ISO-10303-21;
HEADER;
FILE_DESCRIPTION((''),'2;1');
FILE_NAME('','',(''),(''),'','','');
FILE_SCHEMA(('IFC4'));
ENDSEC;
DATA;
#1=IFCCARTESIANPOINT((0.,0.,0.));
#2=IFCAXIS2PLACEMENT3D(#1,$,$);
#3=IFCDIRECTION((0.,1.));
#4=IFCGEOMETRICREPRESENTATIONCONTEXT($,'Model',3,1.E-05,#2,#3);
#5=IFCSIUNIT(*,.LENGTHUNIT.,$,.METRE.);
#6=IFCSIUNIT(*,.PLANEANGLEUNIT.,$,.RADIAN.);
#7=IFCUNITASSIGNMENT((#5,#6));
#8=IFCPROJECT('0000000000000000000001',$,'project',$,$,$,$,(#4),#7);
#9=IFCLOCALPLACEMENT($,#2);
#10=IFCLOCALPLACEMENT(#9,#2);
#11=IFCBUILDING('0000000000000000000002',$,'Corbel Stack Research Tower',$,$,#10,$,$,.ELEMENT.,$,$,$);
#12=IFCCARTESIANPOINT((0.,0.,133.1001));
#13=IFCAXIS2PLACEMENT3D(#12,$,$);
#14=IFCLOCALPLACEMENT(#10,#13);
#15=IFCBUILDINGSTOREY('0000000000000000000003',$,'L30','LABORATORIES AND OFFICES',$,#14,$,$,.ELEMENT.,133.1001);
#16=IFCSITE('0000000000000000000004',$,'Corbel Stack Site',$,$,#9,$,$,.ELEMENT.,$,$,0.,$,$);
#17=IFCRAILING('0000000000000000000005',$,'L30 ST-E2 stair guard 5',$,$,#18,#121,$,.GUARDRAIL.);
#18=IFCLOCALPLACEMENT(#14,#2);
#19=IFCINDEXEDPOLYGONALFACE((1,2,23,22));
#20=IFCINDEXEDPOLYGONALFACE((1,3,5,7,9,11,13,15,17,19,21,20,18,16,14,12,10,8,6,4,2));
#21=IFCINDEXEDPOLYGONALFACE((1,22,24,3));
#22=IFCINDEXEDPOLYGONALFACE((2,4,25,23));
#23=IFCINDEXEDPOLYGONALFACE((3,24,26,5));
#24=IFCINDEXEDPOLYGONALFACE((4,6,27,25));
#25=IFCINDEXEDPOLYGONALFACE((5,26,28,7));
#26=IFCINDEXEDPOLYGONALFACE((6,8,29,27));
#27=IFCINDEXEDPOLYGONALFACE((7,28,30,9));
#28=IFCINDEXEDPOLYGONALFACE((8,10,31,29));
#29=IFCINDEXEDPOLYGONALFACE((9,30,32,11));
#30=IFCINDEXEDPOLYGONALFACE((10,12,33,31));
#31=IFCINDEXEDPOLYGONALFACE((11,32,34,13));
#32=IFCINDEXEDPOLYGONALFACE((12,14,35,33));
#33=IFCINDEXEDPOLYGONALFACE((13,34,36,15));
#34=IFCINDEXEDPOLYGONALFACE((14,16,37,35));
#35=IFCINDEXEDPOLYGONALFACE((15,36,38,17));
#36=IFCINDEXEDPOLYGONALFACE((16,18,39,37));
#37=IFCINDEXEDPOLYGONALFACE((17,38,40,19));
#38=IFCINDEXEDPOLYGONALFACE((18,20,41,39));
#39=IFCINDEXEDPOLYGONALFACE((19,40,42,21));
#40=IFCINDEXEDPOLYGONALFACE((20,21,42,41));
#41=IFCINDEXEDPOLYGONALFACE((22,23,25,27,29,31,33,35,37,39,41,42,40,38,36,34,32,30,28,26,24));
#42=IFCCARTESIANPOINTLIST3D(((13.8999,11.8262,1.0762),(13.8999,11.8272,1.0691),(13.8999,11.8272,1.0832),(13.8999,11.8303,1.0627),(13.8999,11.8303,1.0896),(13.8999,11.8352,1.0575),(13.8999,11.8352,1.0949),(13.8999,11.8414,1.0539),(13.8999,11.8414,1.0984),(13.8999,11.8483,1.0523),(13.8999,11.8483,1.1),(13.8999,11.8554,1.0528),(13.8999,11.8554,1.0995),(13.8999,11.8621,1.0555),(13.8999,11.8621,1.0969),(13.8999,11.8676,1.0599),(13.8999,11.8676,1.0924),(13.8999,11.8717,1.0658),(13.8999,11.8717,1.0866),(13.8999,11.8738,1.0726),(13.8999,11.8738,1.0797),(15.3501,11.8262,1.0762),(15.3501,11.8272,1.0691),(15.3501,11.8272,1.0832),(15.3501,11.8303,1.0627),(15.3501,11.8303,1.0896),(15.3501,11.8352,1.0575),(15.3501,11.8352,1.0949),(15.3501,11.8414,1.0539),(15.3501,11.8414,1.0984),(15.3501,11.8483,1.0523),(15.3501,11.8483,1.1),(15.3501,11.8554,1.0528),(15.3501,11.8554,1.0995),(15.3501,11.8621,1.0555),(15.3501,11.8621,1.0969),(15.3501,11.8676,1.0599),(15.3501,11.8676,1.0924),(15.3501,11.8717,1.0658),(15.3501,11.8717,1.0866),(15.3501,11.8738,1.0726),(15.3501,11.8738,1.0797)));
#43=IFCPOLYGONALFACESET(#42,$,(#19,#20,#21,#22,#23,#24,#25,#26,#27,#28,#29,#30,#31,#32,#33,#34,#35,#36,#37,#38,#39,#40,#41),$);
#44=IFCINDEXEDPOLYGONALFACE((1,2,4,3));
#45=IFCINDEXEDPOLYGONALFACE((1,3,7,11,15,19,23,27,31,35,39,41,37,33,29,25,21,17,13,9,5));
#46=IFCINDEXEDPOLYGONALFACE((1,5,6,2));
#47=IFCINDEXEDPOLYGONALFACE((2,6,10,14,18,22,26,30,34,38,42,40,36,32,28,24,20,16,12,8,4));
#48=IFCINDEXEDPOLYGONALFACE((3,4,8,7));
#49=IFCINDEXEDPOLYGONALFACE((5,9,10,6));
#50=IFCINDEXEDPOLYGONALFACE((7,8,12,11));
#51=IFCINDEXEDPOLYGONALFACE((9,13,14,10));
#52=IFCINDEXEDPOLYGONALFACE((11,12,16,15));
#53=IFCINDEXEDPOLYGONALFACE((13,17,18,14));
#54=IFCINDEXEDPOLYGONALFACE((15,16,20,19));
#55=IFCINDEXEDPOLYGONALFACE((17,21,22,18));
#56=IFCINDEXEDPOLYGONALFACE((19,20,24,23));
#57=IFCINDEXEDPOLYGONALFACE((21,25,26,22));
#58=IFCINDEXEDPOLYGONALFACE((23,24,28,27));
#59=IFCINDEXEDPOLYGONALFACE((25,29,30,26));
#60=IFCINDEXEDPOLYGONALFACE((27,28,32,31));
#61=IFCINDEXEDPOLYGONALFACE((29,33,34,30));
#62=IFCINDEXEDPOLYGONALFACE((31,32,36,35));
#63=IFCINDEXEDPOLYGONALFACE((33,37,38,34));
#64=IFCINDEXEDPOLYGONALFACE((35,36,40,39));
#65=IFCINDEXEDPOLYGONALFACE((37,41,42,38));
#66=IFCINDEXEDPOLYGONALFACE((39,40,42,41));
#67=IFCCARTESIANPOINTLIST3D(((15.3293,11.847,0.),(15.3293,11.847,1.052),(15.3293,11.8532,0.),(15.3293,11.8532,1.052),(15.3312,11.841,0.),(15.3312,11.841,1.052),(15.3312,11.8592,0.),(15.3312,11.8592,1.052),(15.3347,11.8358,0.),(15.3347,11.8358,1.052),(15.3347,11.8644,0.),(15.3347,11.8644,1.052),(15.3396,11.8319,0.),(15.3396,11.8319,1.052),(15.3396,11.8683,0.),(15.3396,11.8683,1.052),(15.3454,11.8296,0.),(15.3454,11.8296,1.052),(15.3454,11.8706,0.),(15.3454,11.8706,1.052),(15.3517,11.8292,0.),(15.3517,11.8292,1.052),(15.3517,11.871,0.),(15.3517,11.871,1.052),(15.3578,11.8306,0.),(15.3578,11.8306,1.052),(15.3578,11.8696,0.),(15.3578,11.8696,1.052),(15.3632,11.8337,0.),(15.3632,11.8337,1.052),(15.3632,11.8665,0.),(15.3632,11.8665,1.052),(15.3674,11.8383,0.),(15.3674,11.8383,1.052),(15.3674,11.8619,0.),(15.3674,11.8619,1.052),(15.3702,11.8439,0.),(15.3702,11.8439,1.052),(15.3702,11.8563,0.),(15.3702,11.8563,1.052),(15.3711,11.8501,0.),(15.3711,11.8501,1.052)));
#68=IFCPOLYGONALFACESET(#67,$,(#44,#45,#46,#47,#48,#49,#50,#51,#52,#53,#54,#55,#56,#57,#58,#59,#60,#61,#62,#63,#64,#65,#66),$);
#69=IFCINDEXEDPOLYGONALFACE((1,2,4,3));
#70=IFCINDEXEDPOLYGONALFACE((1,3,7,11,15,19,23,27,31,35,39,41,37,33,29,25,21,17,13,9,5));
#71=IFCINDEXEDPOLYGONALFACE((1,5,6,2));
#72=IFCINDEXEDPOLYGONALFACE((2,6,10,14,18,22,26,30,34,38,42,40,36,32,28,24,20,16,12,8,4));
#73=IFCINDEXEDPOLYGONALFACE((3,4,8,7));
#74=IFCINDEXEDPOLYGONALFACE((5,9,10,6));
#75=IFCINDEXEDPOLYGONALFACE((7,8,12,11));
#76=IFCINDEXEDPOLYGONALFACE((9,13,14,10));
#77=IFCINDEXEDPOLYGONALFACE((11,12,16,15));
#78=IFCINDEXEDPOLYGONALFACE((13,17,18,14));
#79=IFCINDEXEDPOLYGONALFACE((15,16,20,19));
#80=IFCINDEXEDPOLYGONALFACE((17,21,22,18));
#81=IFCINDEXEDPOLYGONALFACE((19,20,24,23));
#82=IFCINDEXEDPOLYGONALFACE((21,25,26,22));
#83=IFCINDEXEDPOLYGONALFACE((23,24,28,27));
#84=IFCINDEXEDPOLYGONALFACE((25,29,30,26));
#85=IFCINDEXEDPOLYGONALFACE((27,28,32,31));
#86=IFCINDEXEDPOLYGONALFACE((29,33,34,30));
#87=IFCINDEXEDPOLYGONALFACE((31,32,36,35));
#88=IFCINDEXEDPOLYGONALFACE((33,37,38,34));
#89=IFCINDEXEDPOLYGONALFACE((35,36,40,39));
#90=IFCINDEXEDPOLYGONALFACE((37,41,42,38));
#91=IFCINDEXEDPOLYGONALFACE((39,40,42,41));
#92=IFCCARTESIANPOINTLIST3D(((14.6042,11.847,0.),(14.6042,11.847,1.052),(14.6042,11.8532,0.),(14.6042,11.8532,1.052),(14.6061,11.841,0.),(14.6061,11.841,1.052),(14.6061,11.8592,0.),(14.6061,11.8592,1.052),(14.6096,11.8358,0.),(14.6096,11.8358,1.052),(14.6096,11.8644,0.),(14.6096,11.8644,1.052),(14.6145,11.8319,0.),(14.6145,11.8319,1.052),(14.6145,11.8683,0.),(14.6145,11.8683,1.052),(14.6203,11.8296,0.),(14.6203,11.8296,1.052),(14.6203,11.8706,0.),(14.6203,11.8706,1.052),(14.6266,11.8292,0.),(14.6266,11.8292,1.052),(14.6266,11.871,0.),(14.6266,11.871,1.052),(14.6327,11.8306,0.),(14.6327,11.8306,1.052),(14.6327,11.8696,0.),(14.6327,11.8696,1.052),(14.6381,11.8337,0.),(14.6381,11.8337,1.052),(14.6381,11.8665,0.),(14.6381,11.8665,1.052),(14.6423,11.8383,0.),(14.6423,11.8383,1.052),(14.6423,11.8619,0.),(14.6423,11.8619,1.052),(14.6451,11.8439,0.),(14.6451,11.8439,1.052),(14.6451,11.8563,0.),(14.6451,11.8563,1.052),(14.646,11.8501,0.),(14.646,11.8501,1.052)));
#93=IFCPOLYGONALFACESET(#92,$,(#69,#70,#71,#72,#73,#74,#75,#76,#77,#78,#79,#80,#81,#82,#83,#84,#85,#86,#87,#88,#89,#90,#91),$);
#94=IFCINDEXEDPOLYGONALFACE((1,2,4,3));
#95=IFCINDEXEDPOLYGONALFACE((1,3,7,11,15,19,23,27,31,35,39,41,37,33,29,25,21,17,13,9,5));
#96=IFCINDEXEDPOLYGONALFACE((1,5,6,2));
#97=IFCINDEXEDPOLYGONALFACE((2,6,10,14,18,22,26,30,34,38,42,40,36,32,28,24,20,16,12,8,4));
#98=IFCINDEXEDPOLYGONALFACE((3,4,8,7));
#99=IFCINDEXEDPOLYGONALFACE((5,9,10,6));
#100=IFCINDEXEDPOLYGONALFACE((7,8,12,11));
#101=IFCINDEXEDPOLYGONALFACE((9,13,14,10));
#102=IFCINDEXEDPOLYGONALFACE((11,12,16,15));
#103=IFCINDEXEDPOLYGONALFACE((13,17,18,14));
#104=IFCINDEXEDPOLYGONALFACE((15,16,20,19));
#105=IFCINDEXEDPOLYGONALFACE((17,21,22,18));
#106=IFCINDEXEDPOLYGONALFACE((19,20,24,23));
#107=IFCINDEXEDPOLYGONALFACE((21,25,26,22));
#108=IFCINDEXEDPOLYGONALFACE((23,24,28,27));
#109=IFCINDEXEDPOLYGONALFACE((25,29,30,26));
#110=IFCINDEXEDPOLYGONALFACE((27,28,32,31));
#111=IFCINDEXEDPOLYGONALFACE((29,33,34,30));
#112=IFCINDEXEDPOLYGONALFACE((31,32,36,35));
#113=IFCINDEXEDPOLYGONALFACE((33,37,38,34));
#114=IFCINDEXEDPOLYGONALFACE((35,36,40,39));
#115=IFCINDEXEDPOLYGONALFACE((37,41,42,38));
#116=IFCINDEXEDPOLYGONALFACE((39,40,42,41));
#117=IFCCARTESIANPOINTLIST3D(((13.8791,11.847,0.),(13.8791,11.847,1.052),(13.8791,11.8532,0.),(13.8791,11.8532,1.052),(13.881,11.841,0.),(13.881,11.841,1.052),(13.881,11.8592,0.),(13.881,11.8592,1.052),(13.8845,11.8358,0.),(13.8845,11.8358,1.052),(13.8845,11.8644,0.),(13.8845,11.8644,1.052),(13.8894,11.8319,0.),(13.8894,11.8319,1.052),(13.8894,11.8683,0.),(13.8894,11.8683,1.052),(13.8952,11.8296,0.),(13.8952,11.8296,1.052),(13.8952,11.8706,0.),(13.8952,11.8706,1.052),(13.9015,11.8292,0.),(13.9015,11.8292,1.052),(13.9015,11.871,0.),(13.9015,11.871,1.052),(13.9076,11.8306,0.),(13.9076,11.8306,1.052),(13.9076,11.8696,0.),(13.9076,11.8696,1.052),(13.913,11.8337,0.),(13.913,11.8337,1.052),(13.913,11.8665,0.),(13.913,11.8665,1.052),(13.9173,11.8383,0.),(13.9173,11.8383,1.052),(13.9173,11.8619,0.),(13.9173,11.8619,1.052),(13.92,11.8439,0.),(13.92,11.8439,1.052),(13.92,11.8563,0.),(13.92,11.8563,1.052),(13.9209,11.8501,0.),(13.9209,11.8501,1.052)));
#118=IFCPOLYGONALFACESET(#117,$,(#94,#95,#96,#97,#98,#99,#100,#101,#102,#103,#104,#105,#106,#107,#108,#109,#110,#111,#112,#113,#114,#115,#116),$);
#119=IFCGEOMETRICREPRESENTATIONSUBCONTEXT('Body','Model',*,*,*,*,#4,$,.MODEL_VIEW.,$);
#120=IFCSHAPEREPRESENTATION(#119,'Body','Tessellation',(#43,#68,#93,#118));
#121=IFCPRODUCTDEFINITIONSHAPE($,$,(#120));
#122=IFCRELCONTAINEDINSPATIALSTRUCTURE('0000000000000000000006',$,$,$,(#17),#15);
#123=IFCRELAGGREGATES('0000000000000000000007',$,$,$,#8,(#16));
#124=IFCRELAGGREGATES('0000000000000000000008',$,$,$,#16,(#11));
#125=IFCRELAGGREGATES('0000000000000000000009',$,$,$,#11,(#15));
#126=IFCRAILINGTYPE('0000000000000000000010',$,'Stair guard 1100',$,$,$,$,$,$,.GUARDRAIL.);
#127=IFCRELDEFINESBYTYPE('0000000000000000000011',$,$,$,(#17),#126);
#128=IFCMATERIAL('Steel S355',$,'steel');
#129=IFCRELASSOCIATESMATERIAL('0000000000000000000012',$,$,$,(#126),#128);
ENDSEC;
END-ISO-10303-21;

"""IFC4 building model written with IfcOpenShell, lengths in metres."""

from ifc_helpers import new_model, si_unit, direction, frame, origin, origin_2d, place, context, subcontext, project, spatial, circle, extrude, material, type_object, element, save


model = new_model("IFC4")

# Units and contexts
model_context = context("Model", 3, precision=1e-05, world=origin(), true_north=direction((0.0, 1.0)))
body_context = subcontext(model_context, "Body", "Model", "MODEL_VIEW")
ifc_project = project(units=[si_unit("LENGTHUNIT", "METRE"), si_unit("PLANEANGLEUNIT", "RADIAN")], contexts=[model_context])

# Site, building, storey
site_placement = place(None, origin())
site = spatial("IfcSite", under=ifc_project, at=site_placement, Name="Corbel Stack Site", CompositionType="ELEMENT", RefElevation=0.0)
building_placement = place(site_placement, origin())
building = spatial("IfcBuilding", under=site, at=building_placement, Name="Corbel Stack Research Tower", CompositionType="ELEMENT")
storey_placement = place(building_placement, frame((0.0, 0.0, 133.1001)))
storey = spatial("IfcBuildingStorey", under=building, at=storey_placement, Name="L30", Description="LABORATORIES AND OFFICES", CompositionType="ELEMENT", Elevation=133.1001)

# Railing
ifc_material_1 = material(Name="Steel S355", Category="steel")
railing_type_1 = type_object("IfcRailingType", Name="Stair guard 1100", PredefinedType="GUARDRAIL", material=ifc_material_1)
railing_1_placement = place(storey_placement, frame((15.3501, 11.8501, 0.0)))
element("IfcRailing", 1, at=railing_1_placement, inside=storey, type_object=railing_type_1, Name="L30 ST-E2 stair guard 5", PredefinedType="GUARDRAIL", context=body_context, shape_type="SweptSolid", body=[
    extrude(circle(Radius=0.0239, at=origin_2d()), frame((0.0, 0.0, 1.0762), z_axis=(-1.0, 0.0, 0.0), x_axis=(0.0, -1.0, 0.0)), (0.0, 0.0, 1.0), 1.4502),
    extrude(circle(Radius=0.021, at=origin_2d()), origin(), (0.0, 0.0, 1.0), 1.052),
    extrude(circle(Radius=0.021, at=origin_2d()), frame((-0.7251, 0.0, 0.0)), (0.0, 0.0, 1.0), 1.052),
    extrude(circle(Radius=0.021, at=origin_2d()), frame((-1.4502, 0.0, 0.0)), (0.0, 0.0, 1.0), 1.052),
])

save(model, "model.ifc")
